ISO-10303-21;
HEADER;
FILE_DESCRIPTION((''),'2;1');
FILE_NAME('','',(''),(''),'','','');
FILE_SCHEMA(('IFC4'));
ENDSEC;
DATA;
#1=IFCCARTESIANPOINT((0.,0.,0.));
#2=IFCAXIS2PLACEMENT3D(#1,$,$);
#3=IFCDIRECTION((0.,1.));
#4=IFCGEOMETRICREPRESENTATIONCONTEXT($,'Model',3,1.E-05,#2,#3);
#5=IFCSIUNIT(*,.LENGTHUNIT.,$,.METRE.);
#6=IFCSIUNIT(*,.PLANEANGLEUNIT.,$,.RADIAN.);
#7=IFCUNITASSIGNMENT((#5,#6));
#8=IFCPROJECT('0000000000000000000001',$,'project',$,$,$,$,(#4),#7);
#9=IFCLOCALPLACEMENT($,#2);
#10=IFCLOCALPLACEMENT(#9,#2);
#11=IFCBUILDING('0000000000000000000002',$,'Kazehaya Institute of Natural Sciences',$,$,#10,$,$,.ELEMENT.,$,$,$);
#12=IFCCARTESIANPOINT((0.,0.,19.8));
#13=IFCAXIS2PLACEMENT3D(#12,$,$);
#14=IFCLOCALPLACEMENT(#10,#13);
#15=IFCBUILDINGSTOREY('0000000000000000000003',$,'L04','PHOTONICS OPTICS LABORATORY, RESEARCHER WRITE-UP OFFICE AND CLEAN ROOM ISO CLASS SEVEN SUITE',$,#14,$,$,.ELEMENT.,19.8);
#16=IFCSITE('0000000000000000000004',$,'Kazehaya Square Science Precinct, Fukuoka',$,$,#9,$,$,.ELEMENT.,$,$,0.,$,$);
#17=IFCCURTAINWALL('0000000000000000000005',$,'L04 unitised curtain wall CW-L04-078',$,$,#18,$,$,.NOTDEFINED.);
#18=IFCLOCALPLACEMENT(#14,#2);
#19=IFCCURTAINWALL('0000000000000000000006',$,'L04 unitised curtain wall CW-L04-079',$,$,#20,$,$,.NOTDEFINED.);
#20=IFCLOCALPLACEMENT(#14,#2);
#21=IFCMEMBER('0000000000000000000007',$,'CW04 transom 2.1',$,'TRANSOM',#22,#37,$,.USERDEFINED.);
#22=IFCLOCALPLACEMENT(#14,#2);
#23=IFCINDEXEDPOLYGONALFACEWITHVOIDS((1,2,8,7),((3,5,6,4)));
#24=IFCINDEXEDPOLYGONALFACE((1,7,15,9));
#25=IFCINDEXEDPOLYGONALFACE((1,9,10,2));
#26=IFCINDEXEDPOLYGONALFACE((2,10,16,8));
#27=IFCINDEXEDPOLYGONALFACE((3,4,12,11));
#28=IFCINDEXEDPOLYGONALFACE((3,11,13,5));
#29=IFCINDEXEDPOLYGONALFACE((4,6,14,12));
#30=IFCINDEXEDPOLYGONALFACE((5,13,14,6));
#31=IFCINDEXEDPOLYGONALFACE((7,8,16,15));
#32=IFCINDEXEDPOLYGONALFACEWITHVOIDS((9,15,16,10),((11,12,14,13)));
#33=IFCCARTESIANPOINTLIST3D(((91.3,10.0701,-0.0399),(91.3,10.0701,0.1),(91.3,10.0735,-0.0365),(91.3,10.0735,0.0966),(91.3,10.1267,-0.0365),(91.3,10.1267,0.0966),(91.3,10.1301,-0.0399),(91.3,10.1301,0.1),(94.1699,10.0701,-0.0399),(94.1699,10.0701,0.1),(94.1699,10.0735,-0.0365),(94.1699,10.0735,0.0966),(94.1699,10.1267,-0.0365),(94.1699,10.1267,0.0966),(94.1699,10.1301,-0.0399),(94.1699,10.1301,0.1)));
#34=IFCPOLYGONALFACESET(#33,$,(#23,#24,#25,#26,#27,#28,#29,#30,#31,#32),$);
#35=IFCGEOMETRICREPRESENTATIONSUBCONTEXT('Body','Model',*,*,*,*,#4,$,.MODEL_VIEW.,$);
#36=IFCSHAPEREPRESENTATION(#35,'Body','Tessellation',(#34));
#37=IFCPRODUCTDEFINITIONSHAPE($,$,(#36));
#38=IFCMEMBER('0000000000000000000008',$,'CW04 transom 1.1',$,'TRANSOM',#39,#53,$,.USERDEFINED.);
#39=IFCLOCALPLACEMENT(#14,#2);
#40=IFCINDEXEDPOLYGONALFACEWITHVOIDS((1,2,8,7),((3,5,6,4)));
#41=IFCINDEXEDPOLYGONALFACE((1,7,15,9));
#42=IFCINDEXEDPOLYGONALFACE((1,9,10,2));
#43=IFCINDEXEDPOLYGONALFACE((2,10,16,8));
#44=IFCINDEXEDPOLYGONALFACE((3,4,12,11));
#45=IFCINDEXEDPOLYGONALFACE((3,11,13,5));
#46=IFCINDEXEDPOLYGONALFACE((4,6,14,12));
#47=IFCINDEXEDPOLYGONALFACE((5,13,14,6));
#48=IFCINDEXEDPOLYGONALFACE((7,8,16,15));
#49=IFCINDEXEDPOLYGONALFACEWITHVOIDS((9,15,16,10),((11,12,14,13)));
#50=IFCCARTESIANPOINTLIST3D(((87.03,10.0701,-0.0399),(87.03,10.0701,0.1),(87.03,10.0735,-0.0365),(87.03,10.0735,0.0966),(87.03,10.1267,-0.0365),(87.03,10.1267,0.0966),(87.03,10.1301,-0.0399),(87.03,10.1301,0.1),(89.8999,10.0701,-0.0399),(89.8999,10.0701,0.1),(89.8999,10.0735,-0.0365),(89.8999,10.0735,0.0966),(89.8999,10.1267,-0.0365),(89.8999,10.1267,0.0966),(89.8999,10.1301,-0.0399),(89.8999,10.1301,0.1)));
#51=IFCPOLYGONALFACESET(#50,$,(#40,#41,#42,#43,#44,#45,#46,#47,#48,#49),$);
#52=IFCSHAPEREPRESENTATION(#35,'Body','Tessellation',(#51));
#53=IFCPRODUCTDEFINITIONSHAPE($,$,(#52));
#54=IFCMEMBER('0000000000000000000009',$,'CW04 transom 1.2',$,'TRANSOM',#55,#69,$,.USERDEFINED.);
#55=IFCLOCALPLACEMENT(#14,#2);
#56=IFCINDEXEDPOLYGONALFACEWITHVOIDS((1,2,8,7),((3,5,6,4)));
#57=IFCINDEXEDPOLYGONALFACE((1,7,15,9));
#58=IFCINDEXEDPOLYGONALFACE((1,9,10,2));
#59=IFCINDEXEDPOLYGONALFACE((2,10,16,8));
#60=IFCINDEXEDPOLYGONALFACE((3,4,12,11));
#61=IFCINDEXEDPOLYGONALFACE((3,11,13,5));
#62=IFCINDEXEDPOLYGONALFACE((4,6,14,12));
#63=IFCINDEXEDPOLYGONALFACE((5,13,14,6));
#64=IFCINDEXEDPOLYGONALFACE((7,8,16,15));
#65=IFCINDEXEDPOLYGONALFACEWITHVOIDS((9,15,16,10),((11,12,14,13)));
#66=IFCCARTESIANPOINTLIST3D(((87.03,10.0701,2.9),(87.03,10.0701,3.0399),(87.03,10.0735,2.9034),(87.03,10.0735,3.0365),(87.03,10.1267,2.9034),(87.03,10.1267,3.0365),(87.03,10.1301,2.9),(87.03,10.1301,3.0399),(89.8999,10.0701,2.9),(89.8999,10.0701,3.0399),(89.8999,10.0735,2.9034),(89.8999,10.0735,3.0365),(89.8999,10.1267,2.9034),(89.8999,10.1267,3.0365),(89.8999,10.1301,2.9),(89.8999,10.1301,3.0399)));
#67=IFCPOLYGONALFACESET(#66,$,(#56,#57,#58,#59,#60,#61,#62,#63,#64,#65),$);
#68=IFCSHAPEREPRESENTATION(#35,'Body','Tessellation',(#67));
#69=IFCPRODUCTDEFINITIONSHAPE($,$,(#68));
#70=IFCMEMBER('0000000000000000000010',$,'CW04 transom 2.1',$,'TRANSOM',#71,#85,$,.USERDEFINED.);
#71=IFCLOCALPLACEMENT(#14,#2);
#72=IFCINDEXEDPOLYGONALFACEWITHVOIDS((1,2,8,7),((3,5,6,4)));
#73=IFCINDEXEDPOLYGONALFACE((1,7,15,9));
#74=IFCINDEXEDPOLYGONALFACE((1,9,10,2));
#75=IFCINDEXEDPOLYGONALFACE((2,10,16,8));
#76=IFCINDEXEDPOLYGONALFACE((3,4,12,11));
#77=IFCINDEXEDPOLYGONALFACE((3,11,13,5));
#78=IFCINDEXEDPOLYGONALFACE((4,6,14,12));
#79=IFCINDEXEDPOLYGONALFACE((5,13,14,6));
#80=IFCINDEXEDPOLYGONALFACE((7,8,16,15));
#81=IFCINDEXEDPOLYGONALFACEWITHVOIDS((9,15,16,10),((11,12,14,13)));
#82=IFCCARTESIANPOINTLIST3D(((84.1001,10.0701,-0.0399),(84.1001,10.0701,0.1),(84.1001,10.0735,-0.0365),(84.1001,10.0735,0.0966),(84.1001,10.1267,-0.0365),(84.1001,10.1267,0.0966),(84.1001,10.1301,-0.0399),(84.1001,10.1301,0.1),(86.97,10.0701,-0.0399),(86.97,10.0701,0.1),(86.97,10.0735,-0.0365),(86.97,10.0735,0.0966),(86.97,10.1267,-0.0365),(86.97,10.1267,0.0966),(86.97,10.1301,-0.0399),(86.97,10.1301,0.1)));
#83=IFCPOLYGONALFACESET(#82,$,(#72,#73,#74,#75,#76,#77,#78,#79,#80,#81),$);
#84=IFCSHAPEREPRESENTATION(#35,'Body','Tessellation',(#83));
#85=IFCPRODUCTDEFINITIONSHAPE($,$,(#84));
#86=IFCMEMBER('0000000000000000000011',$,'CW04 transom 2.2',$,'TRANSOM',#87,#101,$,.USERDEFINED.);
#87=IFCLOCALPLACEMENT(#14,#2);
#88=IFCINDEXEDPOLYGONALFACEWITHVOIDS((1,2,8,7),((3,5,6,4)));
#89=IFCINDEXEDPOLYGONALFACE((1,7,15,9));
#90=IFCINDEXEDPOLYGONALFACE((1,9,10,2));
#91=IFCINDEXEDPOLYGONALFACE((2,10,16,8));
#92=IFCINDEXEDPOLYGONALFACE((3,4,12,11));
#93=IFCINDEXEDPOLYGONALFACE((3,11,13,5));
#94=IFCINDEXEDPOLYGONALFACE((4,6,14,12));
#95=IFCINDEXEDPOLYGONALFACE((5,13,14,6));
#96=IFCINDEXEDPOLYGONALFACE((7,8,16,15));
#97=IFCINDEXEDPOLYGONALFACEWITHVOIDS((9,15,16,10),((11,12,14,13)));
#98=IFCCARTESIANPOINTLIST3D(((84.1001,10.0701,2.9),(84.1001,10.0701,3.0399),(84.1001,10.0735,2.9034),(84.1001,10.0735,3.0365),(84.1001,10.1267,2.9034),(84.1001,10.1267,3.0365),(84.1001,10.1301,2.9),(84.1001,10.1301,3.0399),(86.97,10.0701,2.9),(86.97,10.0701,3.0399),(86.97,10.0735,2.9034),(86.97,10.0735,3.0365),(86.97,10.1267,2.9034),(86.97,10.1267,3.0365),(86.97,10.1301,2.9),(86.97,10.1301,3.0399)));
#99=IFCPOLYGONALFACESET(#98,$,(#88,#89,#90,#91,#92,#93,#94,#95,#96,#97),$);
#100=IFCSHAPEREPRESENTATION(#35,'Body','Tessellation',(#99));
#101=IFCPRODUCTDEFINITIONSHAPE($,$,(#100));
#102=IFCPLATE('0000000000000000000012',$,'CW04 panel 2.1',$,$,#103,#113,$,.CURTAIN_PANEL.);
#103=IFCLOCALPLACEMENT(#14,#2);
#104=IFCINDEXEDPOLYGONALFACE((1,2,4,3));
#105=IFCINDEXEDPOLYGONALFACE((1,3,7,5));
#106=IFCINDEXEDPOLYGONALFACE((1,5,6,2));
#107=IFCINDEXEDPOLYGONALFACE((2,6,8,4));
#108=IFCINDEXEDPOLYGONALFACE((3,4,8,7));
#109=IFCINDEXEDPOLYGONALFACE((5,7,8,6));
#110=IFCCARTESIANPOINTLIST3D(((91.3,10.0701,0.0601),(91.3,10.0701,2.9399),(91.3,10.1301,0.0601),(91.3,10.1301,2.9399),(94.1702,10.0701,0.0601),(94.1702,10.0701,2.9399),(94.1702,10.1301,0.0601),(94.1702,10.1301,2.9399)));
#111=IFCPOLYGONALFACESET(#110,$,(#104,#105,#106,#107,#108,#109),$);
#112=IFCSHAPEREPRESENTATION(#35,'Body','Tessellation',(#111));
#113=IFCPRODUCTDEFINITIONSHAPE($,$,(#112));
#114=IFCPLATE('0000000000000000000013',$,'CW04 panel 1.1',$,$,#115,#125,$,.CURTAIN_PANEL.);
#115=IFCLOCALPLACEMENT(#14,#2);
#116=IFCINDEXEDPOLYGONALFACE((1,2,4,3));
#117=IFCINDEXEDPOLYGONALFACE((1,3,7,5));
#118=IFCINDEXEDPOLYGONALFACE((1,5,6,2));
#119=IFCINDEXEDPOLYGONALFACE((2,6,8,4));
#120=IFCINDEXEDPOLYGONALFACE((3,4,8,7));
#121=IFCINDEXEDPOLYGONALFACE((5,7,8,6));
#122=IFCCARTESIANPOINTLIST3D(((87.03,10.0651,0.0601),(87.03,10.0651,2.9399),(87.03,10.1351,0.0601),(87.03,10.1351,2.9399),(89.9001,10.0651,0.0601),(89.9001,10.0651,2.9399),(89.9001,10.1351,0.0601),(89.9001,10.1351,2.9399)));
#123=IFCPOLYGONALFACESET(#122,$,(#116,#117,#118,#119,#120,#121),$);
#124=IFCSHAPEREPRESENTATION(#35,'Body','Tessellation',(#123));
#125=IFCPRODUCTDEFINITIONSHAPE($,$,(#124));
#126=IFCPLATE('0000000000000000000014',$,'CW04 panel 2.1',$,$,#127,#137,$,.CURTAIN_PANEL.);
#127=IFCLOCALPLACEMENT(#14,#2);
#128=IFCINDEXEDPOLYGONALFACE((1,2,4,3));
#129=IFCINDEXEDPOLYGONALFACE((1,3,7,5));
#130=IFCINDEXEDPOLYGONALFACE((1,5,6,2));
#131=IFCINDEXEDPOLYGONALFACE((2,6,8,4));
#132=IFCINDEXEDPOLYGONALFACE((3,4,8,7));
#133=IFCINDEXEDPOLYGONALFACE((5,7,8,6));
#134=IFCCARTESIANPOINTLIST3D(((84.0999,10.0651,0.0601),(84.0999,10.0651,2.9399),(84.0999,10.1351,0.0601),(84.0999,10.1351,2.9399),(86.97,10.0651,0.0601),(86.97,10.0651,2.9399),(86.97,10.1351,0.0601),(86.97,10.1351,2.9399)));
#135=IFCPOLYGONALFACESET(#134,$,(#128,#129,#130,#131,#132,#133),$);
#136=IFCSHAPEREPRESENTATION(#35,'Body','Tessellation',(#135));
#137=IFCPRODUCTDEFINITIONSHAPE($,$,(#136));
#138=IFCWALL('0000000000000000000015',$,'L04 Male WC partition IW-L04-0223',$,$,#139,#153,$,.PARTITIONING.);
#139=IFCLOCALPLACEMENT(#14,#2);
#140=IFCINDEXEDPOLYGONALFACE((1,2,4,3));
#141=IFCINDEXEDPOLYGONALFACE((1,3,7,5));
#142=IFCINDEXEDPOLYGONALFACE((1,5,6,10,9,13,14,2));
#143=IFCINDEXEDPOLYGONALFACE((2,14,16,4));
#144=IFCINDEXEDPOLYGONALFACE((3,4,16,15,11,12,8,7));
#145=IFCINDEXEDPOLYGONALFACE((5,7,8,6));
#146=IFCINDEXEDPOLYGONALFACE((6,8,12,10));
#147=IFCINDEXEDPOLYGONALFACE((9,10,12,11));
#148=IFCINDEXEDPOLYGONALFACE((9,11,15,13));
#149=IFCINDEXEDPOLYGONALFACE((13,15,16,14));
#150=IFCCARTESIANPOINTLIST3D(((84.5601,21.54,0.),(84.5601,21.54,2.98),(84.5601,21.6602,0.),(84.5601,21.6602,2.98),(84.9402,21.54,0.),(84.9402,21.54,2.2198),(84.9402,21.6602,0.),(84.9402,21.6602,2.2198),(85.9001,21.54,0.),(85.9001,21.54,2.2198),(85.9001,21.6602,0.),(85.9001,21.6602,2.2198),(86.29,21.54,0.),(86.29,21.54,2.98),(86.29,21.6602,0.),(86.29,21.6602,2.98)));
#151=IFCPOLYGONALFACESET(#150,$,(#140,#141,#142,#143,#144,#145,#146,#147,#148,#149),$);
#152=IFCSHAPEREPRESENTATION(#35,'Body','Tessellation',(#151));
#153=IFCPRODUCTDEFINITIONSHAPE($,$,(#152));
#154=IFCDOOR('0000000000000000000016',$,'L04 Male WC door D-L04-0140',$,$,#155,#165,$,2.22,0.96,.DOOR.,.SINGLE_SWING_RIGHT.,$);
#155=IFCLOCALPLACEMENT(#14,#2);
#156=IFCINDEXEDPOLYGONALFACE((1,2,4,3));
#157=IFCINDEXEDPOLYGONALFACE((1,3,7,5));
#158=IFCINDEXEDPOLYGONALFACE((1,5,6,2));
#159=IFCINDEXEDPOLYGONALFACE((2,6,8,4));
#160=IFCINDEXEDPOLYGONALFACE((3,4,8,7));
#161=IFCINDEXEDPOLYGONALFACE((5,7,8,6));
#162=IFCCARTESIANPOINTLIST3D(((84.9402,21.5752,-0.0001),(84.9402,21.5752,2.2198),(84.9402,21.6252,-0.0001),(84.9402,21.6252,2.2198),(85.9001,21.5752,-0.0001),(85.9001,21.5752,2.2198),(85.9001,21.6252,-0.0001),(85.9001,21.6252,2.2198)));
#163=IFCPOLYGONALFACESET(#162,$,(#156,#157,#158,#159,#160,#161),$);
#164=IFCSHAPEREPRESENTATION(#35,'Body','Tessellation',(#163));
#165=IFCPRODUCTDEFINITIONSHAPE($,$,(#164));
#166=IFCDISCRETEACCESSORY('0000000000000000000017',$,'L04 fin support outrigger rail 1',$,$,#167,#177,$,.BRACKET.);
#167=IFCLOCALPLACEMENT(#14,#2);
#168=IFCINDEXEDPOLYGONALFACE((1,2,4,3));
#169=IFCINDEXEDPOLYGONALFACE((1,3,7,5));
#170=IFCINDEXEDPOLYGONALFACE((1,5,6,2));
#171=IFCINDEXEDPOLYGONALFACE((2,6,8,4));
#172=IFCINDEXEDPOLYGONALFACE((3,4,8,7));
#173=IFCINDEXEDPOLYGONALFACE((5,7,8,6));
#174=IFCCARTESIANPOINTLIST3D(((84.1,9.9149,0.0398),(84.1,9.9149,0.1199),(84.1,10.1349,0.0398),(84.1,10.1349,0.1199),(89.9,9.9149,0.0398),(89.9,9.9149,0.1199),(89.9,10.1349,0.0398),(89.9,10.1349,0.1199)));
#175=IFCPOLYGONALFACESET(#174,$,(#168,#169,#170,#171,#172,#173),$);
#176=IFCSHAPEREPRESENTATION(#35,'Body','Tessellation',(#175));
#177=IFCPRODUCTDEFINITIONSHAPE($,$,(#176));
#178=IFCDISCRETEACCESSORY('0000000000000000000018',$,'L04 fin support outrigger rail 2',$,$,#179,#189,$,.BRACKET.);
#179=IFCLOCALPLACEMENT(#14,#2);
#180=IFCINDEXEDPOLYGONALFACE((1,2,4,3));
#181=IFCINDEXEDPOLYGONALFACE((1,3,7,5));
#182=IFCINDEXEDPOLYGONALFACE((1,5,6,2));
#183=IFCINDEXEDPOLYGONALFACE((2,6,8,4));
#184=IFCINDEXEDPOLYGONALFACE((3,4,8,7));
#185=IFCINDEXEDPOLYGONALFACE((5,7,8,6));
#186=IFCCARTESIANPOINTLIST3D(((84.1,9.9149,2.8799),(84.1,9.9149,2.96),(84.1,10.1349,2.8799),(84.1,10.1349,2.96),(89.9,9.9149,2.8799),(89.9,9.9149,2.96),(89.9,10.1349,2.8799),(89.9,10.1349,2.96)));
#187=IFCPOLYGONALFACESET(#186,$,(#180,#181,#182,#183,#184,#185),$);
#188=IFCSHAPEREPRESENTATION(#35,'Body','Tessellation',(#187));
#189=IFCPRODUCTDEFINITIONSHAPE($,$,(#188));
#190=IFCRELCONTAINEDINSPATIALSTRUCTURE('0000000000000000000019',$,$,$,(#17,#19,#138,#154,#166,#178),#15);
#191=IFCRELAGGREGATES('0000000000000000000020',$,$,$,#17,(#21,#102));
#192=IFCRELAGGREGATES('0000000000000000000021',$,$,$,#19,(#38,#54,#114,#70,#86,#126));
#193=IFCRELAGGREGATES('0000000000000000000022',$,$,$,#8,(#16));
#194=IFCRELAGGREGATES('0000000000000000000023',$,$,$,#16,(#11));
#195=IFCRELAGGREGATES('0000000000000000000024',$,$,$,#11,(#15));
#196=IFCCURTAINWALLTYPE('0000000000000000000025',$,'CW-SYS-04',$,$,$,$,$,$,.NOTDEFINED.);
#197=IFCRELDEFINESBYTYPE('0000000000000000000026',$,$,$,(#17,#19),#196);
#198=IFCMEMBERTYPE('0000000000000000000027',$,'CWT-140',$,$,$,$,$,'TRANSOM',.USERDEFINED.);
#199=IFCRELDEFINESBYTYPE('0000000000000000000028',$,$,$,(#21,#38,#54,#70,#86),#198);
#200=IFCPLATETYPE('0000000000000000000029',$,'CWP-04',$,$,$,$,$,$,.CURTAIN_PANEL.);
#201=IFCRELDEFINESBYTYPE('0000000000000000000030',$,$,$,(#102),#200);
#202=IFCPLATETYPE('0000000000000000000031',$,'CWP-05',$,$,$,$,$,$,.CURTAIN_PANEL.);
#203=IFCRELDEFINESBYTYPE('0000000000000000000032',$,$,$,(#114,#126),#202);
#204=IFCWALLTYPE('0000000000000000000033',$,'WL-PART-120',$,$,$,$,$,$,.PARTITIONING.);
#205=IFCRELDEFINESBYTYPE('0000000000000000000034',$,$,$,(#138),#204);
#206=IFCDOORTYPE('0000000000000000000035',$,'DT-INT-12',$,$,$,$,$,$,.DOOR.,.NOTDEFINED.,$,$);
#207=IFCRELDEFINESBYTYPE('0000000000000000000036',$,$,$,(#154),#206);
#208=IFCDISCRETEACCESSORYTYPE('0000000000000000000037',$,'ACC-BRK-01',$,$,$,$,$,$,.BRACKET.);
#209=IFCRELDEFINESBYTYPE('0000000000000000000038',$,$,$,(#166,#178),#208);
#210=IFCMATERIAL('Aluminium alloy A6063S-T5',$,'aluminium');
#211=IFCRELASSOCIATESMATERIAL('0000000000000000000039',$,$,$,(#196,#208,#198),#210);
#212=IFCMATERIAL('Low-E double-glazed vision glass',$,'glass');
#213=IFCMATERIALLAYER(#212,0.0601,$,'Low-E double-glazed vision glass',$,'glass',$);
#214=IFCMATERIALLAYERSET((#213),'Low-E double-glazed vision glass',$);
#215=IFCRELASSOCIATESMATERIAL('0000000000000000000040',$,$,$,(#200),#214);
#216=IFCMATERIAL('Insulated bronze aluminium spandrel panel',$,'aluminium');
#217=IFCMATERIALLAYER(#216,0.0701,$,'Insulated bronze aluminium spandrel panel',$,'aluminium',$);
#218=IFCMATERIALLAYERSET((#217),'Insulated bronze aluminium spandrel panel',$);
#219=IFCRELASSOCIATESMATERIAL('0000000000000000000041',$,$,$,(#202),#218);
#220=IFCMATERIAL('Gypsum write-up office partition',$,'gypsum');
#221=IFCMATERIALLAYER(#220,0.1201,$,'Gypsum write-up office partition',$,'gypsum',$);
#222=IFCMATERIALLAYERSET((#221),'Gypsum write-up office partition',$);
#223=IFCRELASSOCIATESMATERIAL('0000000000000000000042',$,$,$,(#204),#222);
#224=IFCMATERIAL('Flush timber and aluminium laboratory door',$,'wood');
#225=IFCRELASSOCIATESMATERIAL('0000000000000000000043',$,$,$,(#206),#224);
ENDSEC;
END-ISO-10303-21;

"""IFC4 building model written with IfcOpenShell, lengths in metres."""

from ifc_helpers import new_model, si_unit, direction, frame, frame_2d, origin, origin_2d, place, context, subcontext, project, spatial, rectangle, hollow_rectangle, extrude, material, layer, layer_set, material_profile, profile_set, type_object, element, fill, aggregate, save


model = new_model("IFC4")

# Units and contexts
model_context = context("Model", 3, precision=1e-05, world=origin(), true_north=direction((0.0, 1.0)))
body_context = subcontext(model_context, "Body", "Model", "MODEL_VIEW")
ifc_project = project(units=[si_unit("LENGTHUNIT", "METRE"), si_unit("PLANEANGLEUNIT", "RADIAN")], contexts=[model_context])

# Site, building, storey
site_placement = place(None, origin())
site = spatial("IfcSite", under=ifc_project, at=site_placement, Name="Kazehaya Square Science Precinct, Fukuoka", CompositionType="ELEMENT", RefElevation=0.0)
building_placement = place(site_placement, origin())
building = spatial("IfcBuilding", under=site, at=building_placement, Name="Kazehaya Institute of Natural Sciences", CompositionType="ELEMENT")
storey_placement = place(building_placement, frame((0.0, 0.0, 19.8)))
storey = spatial("IfcBuildingStorey", under=building, at=storey_placement, Name="L04", Description="PHOTONICS OPTICS LABORATORY, RESEARCHER WRITE-UP OFFICE AND CLEAN ROOM ISO CLASS SEVEN SUITE", CompositionType="ELEMENT", Elevation=19.8)

# Curtain wall
ifc_material_1 = material(Name="Aluminium alloy A6063S-T5", Category="aluminium")
curtain_wall_type = type_object("IfcCurtainWallType", Name="CW-SYS-04", PredefinedType="NOTDEFINED", material=ifc_material_1)
curtain_wall_1_placement = place(storey_placement, origin())
curtain_wall_1 = element("IfcCurtainWall", 1, at=curtain_wall_1_placement, inside=storey, type_object=curtain_wall_type, Name="L04 unitised curtain wall CW-L04-078", PredefinedType="NOTDEFINED")

# Curtain wall
curtain_wall_2_placement = place(storey_placement, origin())
curtain_wall_2 = element("IfcCurtainWall", 2, at=curtain_wall_2_placement, inside=storey, type_object=curtain_wall_type, Name="L04 unitised curtain wall CW-L04-079", PredefinedType="NOTDEFINED")

# Members
ifc_material_profile_1 = material_profile(ifc_material_1, hollow_rectangle(XDim=0.0601, YDim=0.1399, WallThickness=0.0034, at=origin_2d()), Name="ALU-60x140x3.5")
ifc_profile_set_1 = profile_set([ifc_material_profile_1], Name="Aluminium alloy A6063S-T5")
member_type_1 = type_object("IfcMemberType", Name="CWT-140", ElementType="TRANSOM", PredefinedType="USERDEFINED", material=ifc_profile_set_1)
member_1_placement = place(storey_placement, frame((94.1699, 10.1001, 0.03), z_axis=(-1.0, 0.0, 0.0), x_axis=(0.0, -1.0, 0.0)))
member_1 = element("IfcMember", 3, at=member_1_placement, type_object=member_type_1, Name="CW04 transom 2.1", ObjectType="TRANSOM", PredefinedType="USERDEFINED", context=body_context, shape_type="SweptSolid", body=[
    extrude(hollow_rectangle(XDim=0.0601, YDim=0.1399, WallThickness=0.0034, at=origin_2d()), origin(), (0.0, 0.0, 1.0), 2.8699),
])
member_2_placement = place(storey_placement, frame((89.8999, 10.1001, 0.03), z_axis=(-1.0, 0.0, 0.0), x_axis=(0.0, -1.0, 0.0)))
member_2 = element("IfcMember", 4, at=member_2_placement, type_object=member_type_1, Name="CW04 transom 1.1", ObjectType="TRANSOM", PredefinedType="USERDEFINED", context=body_context, shape_type="SweptSolid", body=[
    extrude(hollow_rectangle(XDim=0.0601, YDim=0.1399, WallThickness=0.0034, at=origin_2d()), origin(), (0.0, 0.0, 1.0), 2.8699),
])
member_3_placement = place(storey_placement, frame((89.8999, 10.1001, 2.97), z_axis=(-1.0, 0.0, 0.0), x_axis=(0.0, -1.0, 0.0)))
member_3 = element("IfcMember", 5, at=member_3_placement, type_object=member_type_1, Name="CW04 transom 1.2", ObjectType="TRANSOM", PredefinedType="USERDEFINED", context=body_context, shape_type="SweptSolid", body=[
    extrude(hollow_rectangle(XDim=0.0601, YDim=0.1399, WallThickness=0.0034, at=origin_2d()), origin(), (0.0, 0.0, 1.0), 2.8699),
])
member_4_placement = place(storey_placement, frame((86.97, 10.1001, 0.03), z_axis=(-1.0, 0.0, 0.0), x_axis=(0.0, -1.0, 0.0)))
member_4 = element("IfcMember", 6, at=member_4_placement, type_object=member_type_1, Name="CW04 transom 2.1", ObjectType="TRANSOM", PredefinedType="USERDEFINED", context=body_context, shape_type="SweptSolid", body=[
    extrude(hollow_rectangle(XDim=0.0601, YDim=0.1399, WallThickness=0.0034, at=origin_2d()), origin(), (0.0, 0.0, 1.0), 2.8699),
])
member_5_placement = place(storey_placement, frame((86.97, 10.1001, 2.97), z_axis=(-1.0, 0.0, 0.0), x_axis=(0.0, -1.0, 0.0)))
member_5 = element("IfcMember", 7, at=member_5_placement, type_object=member_type_1, Name="CW04 transom 2.2", ObjectType="TRANSOM", PredefinedType="USERDEFINED", context=body_context, shape_type="SweptSolid", body=[
    extrude(hollow_rectangle(XDim=0.0601, YDim=0.1399, WallThickness=0.0034, at=origin_2d()), origin(), (0.0, 0.0, 1.0), 2.8699),
])

# Plates
ifc_material_2 = material(Name="Low-E double-glazed vision glass", Category="glass")
ifc_layer_1 = layer(ifc_material_2, 0.0601, Name="Low-E double-glazed vision glass", Category="glass")
ifc_layer_set_1 = layer_set([ifc_layer_1], Name="Low-E double-glazed vision glass")
plate_type_1 = type_object("IfcPlateType", Name="CWP-04", PredefinedType="CURTAIN_PANEL", material=ifc_layer_set_1)
plate_1_placement = place(storey_placement, frame((92.7351, 10.1001, 0.0601), z_axis=(0.0, 0.0, 1.0), x_axis=(-1.0, 0.0, 0.0)))
plate_1 = element("IfcPlate", 8, at=plate_1_placement, type_object=plate_type_1, Name="CW04 panel 2.1", PredefinedType="CURTAIN_PANEL", context=body_context, shape_type="SweptSolid", body=[
    extrude(rectangle(XDim=2.8701, YDim=0.0601, at=origin_2d()), origin(), (0.0, 0.0, 1.0), 2.8799),
])
aggregate(curtain_wall_1, [member_1, plate_1])
ifc_material_3 = material(Name="Insulated bronze aluminium spandrel panel", Category="aluminium")
ifc_layer_2 = layer(ifc_material_3, 0.0701, Name="Insulated bronze aluminium spandrel panel", Category="aluminium")
ifc_layer_set_2 = layer_set([ifc_layer_2], Name="Insulated bronze aluminium spandrel panel")
plate_type_2 = type_object("IfcPlateType", Name="CWP-05", PredefinedType="CURTAIN_PANEL", material=ifc_layer_set_2)
plate_2_placement = place(storey_placement, frame((88.4651, 10.1001, 0.0601), z_axis=(0.0, 0.0, 1.0), x_axis=(-1.0, 0.0, 0.0)))
plate_2 = element("IfcPlate", 9, at=plate_2_placement, type_object=plate_type_2, Name="CW04 panel 1.1", PredefinedType="CURTAIN_PANEL", context=body_context, shape_type="SweptSolid", body=[
    extrude(rectangle(XDim=2.8701, YDim=0.0701, at=origin_2d()), origin(), (0.0, 0.0, 1.0), 2.8799),
])
plate_3_placement = place(storey_placement, frame((85.5349, 10.1001, 0.0601), z_axis=(0.0, 0.0, 1.0), x_axis=(-1.0, 0.0, 0.0)))
plate_3 = element("IfcPlate", 10, at=plate_3_placement, type_object=plate_type_2, Name="CW04 panel 2.1", PredefinedType="CURTAIN_PANEL", context=body_context, shape_type="SweptSolid", body=[
    extrude(rectangle(XDim=2.8701, YDim=0.0701, at=origin_2d()), origin(), (0.0, 0.0, 1.0), 2.8799),
])
aggregate(curtain_wall_2, [member_2, member_3, plate_2, member_4, member_5, plate_3])

# Wall, opening, door
ifc_material_4 = material(Name="Gypsum write-up office partition", Category="gypsum")
ifc_layer_3 = layer(ifc_material_4, 0.1201, Name="Gypsum write-up office partition", Category="gypsum")
ifc_layer_set_3 = layer_set([ifc_layer_3], Name="Gypsum write-up office partition")
wall_type = type_object("IfcWallType", Name="WL-PART-120", PredefinedType="PARTITIONING", material=ifc_layer_set_3)
wall_placement = place(storey_placement, frame((86.29, 21.6001, 0.0), z_axis=(0.0, 0.0, 1.0), x_axis=(-1.0, 0.0, 0.0)))
wall = element("IfcWall", 11, at=wall_placement, inside=storey, type_object=wall_type, Name="L04 Male WC partition IW-L04-0223", PredefinedType="PARTITIONING", context=body_context, shape_type="SweptSolid", body=[
    extrude(rectangle(XDim=1.73, YDim=0.1201, at=frame_2d((0.865, 0.0))), origin(), (0.0, 0.0, 1.0), 2.98),
])
opening_placement = place(wall_placement, frame((0.3899, 0.0, 0.0)))
opening = element("IfcOpeningElement", 12, at=opening_placement, cuts=wall, PredefinedType="OPENING", context=body_context, shape_type="SweptSolid", body=[
    extrude(rectangle(XDim=0.96, YDim=2.22, at=frame_2d((0.48, 1.1099))), frame((0.0, 0.0701, 0.0), z_axis=(0.0, -1.0, 0.0), x_axis=(1.0, 0.0, 0.0)), (0.0, 0.0, 1.0), 0.1401),
])
ifc_material_5 = material(Name="Flush timber and aluminium laboratory door", Category="wood")
door_type = type_object("IfcDoorType", Name="DT-INT-12", OperationType="NOTDEFINED", PredefinedType="DOOR", material=ifc_material_5)
door_placement = place(opening_placement, origin())
door = element("IfcDoor", 13, at=door_placement, inside=storey, type_object=door_type, Name="L04 Male WC door D-L04-0140", OperationType="SINGLE_SWING_RIGHT", OverallHeight=2.22, OverallWidth=0.96, PredefinedType="DOOR", context=body_context, shape_type="SweptSolid", body=[
    extrude(rectangle(XDim=0.96, YDim=2.22, at=frame_2d((0.48, 1.1099))), frame((0.0, 0.0249, 0.0), z_axis=(0.0, -1.0, 0.0), x_axis=(1.0, 0.0, 0.0)), (0.0, 0.0, 1.0), 0.05),
])
fill(opening, door)

# Discrete accessories
discrete_accessory_type = type_object("IfcDiscreteAccessoryType", Name="ACC-BRK-01", PredefinedType="BRACKET", material=ifc_material_1)
for number, where, z_axis, x_axis, name in (
    (14, (87.0, 10.0249, 0.0398), (0.0, 0.0, 1.0), (-1.0, 0.0, 0.0), "L04 fin support outrigger rail 1"),
    (15, (87.0, 10.0249, 2.8799), (0.0, 0.0, 1.0), (-1.0, 0.0, 0.0), "L04 fin support outrigger rail 2"),
):
    element("IfcDiscreteAccessory", number, at=place(storey_placement, frame(where, z_axis=z_axis, x_axis=x_axis)), inside=storey, type_object=discrete_accessory_type, Name=name, PredefinedType="BRACKET", context=body_context, shape_type="SweptSolid", body=[
        extrude(rectangle(XDim=5.8, YDim=0.22, at=origin_2d()), origin(), (0.0, 0.0, 1.0), 0.0801),
    ])

save(model, "model.ifc")
